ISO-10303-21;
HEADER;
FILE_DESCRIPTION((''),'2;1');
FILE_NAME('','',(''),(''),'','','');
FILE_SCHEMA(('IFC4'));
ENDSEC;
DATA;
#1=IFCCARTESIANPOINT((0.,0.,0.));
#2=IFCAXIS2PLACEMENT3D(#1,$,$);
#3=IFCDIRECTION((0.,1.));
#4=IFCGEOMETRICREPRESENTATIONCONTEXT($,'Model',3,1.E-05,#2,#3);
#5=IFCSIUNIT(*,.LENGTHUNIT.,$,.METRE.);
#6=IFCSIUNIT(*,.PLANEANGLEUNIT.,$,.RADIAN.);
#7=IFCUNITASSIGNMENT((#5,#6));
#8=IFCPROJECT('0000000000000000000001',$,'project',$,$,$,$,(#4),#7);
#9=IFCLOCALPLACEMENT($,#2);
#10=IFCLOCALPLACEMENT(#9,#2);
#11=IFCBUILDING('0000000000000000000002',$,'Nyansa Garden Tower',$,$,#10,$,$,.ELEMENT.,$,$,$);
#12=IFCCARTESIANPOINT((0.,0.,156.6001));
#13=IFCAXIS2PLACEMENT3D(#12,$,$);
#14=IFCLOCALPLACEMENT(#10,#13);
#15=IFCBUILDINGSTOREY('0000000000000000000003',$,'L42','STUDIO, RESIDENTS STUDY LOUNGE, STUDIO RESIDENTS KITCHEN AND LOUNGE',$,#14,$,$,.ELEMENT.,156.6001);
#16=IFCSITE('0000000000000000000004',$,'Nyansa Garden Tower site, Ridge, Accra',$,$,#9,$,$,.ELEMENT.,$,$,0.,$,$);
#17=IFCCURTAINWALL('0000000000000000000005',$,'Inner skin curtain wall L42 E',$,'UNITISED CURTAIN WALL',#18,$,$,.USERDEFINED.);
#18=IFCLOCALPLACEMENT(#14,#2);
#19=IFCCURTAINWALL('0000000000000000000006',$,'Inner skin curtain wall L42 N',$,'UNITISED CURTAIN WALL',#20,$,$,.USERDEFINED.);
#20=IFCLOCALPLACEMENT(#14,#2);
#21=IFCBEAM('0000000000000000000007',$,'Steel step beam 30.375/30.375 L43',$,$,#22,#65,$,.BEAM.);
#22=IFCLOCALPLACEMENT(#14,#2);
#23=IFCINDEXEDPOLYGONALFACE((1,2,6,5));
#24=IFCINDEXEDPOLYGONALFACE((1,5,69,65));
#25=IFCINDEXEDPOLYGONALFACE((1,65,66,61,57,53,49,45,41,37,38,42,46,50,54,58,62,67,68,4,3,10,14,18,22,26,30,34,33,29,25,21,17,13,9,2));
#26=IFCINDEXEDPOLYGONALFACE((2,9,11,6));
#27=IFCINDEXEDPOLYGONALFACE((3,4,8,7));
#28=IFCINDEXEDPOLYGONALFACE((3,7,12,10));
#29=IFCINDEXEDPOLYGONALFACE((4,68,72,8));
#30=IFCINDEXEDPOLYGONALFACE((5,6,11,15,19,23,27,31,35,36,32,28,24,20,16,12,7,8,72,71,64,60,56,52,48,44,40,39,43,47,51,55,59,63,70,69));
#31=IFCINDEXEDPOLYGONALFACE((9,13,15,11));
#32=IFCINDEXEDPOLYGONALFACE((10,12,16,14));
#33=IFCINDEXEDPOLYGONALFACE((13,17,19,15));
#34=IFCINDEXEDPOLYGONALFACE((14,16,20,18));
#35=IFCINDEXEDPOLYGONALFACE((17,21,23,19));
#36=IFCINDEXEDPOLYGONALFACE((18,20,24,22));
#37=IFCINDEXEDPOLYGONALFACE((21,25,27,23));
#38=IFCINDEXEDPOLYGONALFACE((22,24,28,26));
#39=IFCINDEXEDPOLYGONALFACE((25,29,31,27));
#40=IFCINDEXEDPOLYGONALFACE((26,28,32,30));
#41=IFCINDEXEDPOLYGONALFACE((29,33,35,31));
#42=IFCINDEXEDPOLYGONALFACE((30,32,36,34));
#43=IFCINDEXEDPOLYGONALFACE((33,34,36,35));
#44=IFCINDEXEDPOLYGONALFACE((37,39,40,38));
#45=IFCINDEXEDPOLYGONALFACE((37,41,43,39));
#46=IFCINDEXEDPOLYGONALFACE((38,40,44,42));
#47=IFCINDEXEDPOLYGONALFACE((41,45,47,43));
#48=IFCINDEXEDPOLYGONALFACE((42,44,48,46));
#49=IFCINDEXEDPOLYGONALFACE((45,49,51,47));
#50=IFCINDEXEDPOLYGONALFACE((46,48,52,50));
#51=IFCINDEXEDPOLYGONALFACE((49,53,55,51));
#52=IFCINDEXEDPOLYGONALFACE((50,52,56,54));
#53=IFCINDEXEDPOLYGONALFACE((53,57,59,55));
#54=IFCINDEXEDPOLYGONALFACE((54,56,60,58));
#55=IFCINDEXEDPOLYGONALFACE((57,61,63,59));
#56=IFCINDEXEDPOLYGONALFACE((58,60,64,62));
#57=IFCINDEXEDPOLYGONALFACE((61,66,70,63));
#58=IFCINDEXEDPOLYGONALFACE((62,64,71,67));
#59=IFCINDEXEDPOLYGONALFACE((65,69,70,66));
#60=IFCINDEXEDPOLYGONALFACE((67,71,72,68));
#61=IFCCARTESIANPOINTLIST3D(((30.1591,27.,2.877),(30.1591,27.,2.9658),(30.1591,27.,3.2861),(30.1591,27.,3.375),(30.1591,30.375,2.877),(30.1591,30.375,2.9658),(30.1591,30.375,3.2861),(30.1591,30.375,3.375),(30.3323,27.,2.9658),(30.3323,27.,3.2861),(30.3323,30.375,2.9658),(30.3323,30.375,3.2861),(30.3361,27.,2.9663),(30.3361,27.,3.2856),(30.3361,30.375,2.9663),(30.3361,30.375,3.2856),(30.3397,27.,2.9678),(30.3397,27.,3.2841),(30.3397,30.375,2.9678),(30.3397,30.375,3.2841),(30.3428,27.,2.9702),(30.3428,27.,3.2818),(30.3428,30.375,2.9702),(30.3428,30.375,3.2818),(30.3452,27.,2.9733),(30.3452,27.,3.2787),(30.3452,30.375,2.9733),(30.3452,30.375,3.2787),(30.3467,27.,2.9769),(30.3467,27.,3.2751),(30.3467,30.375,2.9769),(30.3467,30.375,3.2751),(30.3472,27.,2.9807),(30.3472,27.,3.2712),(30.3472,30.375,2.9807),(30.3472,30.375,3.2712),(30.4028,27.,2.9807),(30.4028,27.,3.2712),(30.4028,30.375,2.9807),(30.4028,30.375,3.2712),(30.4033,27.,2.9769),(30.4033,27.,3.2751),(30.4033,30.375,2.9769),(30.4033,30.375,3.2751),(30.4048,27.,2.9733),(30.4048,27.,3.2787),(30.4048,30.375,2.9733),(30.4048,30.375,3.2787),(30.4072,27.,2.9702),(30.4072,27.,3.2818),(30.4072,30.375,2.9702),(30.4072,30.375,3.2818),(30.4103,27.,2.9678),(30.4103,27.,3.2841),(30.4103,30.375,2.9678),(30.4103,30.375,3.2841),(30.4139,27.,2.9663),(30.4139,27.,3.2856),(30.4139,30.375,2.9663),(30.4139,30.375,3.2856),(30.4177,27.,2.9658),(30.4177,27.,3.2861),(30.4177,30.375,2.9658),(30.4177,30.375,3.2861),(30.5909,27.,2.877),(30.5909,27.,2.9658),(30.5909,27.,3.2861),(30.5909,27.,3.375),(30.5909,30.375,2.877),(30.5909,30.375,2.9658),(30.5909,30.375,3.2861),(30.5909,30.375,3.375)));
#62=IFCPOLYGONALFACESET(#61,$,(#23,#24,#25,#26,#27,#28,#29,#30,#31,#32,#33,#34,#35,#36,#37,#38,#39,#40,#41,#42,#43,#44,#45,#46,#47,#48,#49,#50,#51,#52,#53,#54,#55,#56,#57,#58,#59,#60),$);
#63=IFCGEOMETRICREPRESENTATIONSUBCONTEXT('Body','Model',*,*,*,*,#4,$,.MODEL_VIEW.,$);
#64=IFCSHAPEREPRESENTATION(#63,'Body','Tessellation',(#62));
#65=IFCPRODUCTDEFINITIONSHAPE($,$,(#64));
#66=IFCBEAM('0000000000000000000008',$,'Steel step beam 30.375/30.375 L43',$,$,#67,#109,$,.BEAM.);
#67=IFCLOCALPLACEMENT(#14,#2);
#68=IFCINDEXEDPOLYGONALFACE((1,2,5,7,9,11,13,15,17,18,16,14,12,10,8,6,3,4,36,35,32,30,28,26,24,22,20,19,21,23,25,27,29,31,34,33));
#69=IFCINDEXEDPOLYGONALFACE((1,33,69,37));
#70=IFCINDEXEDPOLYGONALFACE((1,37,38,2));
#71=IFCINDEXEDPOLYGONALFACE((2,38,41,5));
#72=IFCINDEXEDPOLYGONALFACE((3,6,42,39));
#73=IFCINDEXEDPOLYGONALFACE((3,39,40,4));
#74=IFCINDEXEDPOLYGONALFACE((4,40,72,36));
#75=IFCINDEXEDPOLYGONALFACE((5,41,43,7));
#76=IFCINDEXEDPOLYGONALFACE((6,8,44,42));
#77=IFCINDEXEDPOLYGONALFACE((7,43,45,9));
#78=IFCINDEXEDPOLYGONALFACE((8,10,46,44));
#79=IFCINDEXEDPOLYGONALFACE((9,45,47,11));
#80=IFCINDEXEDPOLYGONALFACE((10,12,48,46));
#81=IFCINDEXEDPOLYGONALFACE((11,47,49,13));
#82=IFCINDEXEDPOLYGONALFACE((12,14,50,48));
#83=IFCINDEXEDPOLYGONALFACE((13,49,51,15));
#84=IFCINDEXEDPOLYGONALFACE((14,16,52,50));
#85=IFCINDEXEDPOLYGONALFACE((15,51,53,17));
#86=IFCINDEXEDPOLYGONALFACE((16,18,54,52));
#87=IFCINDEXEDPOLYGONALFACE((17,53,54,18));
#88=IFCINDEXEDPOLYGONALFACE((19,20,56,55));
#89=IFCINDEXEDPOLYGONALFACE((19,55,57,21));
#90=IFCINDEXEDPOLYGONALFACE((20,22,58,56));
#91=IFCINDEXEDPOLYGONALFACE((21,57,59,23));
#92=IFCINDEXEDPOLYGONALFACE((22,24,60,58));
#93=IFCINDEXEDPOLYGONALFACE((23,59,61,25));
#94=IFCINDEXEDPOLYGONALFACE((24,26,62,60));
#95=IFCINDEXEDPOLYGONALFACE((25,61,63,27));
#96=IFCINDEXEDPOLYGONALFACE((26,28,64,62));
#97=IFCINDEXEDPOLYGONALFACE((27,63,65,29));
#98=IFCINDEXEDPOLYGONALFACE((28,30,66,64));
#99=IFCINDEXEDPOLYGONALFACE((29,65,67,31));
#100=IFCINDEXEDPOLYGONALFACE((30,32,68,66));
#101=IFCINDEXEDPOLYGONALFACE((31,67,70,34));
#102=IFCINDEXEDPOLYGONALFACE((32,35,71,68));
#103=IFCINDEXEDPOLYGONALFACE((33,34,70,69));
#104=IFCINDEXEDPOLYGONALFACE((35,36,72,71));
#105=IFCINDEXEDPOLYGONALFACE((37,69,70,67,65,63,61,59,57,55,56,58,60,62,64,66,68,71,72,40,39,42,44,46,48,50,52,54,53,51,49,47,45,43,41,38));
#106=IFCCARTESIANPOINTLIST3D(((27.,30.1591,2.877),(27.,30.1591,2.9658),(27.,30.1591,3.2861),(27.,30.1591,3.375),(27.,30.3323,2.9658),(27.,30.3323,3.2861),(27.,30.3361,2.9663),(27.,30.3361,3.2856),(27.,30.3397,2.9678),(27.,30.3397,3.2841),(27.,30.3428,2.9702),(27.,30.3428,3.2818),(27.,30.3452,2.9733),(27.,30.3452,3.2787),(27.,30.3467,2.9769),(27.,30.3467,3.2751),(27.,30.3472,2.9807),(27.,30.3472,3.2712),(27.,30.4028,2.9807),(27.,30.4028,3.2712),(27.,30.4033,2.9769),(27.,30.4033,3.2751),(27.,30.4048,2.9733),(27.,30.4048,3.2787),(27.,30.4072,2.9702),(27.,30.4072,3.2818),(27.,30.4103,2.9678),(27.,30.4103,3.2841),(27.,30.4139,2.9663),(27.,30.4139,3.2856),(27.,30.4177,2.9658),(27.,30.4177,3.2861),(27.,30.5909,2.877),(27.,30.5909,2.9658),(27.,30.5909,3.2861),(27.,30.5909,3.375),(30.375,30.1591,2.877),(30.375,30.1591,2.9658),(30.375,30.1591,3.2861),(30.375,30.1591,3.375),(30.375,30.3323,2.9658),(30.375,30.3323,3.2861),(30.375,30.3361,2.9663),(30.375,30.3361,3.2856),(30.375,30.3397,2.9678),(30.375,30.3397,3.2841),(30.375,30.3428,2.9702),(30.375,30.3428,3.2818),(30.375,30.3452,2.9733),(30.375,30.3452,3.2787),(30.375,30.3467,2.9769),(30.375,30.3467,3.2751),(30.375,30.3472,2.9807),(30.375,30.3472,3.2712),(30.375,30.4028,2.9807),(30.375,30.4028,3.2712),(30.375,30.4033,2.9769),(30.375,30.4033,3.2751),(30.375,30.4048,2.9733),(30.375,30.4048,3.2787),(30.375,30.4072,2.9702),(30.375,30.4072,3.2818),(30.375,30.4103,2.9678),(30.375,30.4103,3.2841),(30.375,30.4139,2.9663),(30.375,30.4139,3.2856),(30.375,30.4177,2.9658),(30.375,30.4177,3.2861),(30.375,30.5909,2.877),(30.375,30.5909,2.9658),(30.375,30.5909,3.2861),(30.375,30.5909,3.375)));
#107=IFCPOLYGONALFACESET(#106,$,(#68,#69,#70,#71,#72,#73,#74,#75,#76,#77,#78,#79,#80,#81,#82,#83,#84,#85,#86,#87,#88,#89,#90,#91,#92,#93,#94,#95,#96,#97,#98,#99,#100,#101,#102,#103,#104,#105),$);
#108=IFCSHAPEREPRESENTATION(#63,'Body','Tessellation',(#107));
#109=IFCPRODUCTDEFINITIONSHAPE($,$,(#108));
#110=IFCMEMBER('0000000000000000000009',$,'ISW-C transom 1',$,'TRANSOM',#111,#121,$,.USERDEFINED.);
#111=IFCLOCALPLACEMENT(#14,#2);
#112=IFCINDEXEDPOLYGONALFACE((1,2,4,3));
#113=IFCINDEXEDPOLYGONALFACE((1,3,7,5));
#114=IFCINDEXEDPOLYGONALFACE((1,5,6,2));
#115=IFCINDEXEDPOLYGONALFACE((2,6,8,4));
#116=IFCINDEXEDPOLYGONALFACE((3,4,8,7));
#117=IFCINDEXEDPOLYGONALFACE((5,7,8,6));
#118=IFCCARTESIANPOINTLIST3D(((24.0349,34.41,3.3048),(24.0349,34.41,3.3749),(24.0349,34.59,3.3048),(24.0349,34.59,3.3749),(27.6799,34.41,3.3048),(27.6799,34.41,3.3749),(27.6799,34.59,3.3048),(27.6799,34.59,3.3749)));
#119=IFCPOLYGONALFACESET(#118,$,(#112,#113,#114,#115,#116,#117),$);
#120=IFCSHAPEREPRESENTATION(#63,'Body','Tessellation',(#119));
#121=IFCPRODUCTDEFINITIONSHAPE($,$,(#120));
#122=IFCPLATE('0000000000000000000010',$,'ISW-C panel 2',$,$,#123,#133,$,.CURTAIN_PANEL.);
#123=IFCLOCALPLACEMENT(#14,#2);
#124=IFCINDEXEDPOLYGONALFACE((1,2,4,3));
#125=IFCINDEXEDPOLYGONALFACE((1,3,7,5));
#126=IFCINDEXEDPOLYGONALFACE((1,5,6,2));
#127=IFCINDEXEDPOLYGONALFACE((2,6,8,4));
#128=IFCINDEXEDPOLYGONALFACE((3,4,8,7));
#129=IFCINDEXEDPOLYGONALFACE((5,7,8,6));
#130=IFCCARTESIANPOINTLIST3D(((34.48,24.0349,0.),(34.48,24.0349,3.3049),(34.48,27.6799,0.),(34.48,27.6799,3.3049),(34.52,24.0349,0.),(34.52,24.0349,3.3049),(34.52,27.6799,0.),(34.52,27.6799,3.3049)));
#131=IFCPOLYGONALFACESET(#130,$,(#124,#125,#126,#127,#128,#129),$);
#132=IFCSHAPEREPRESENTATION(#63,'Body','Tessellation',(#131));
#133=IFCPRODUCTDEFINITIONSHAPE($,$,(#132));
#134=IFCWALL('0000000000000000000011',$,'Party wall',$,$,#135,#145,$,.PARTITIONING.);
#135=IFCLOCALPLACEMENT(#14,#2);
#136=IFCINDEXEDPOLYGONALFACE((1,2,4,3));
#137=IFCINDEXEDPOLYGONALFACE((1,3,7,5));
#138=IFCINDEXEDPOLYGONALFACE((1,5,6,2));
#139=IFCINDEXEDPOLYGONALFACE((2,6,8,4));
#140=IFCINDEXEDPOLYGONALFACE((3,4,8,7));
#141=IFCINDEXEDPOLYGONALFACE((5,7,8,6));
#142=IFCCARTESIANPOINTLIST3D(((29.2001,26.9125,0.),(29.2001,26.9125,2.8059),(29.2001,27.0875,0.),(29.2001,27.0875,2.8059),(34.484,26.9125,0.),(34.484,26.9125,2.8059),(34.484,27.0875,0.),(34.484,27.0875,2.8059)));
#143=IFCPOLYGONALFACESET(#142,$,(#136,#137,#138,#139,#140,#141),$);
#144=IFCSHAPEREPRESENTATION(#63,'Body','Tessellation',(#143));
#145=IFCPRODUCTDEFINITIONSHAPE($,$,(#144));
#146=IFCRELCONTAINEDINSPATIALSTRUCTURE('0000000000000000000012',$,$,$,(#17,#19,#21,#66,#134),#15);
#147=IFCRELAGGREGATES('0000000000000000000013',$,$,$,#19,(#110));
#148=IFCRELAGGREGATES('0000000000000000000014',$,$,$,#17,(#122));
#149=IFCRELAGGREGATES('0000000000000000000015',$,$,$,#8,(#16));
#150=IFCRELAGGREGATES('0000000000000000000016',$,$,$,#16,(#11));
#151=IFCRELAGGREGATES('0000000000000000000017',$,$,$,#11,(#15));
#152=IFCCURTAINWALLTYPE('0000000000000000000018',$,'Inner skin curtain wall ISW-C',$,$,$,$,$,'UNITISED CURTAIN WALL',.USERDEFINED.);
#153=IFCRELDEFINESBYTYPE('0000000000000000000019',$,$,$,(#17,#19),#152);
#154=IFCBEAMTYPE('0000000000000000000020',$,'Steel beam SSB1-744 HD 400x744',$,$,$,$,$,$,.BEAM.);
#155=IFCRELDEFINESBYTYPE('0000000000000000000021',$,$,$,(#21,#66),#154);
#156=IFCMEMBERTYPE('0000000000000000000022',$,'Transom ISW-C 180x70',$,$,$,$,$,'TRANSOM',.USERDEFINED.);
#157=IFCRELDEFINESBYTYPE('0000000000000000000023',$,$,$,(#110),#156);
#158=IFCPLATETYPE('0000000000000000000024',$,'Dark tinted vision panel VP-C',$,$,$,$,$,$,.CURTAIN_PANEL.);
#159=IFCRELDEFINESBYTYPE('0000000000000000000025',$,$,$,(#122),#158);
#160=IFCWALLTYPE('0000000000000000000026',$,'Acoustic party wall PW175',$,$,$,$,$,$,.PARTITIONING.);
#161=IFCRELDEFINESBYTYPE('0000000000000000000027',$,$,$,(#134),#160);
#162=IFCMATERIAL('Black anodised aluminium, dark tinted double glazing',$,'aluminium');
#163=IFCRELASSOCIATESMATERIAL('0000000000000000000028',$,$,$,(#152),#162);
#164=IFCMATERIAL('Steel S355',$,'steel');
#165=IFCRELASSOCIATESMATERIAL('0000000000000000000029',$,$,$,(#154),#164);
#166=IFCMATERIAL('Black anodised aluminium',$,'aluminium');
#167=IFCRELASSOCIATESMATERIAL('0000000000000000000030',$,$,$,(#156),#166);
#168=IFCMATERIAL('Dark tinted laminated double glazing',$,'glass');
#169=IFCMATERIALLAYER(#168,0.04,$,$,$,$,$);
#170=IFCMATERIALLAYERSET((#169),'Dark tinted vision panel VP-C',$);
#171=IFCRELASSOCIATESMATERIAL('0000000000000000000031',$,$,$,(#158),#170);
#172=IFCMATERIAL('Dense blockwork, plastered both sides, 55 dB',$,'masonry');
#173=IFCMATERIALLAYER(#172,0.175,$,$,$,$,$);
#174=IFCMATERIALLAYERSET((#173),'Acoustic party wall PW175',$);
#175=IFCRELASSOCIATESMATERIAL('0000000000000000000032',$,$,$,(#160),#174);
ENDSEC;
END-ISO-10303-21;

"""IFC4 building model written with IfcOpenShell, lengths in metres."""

from ifc_helpers import new_model, si_unit, direction, frame, frame_2d, origin, origin_2d, place, context, subcontext, project, spatial, rectangle, i_section, extrude, material, layer, layer_set, material_profile, profile_set, type_object, element, aggregate, save


model = new_model("IFC4")

# Units and contexts
model_context = context("Model", 3, precision=1e-05, world=origin(), true_north=direction((0.0, 1.0)))
body_context = subcontext(model_context, "Body", "Model", "MODEL_VIEW")
ifc_project = project(units=[si_unit("LENGTHUNIT", "METRE"), si_unit("PLANEANGLEUNIT", "RADIAN")], contexts=[model_context])

# Site, building, storey
site_placement = place(None, origin())
site = spatial("IfcSite", under=ifc_project, at=site_placement, Name="Nyansa Garden Tower site, Ridge, Accra", CompositionType="ELEMENT", RefElevation=0.0)
building_placement = place(site_placement, origin())
building = spatial("IfcBuilding", under=site, at=building_placement, Name="Nyansa Garden Tower", CompositionType="ELEMENT")
storey_placement = place(building_placement, frame((0.0, 0.0, 156.6001)))
storey = spatial("IfcBuildingStorey", under=building, at=storey_placement, Name="L42", Description="STUDIO, RESIDENTS STUDY LOUNGE, STUDIO RESIDENTS KITCHEN AND LOUNGE", CompositionType="ELEMENT", Elevation=156.6001)

# Curtain walls
ifc_material_1 = material(Name="Black anodised aluminium, dark tinted double glazing", Category="aluminium")
curtain_wall_type = type_object("IfcCurtainWallType", Name="Inner skin curtain wall ISW-C", ElementType="UNITISED CURTAIN WALL", PredefinedType="USERDEFINED", material=ifc_material_1)
curtain_wall_1_placement = place(storey_placement, origin())
curtain_wall_1 = element("IfcCurtainWall", 1, at=curtain_wall_1_placement, inside=storey, type_object=curtain_wall_type, Name="Inner skin curtain wall L42 E", ObjectType="UNITISED CURTAIN WALL", PredefinedType="USERDEFINED")
curtain_wall_2_placement = place(storey_placement, origin())
curtain_wall_2 = element("IfcCurtainWall", 2, at=curtain_wall_2_placement, inside=storey, type_object=curtain_wall_type, Name="Inner skin curtain wall L42 N", ObjectType="UNITISED CURTAIN WALL", PredefinedType="USERDEFINED")

# Beams
ifc_material_2 = material(Name="Steel S355", Category="steel")
ifc_material_profile_1 = material_profile(ifc_material_2, i_section(OverallWidth=0.4319, OverallDepth=0.498, WebThickness=0.0557, FlangeThickness=0.0889, FilletRadius=0.0149, at=origin_2d()), Name="HD 400x744")
ifc_profile_set_1 = profile_set([ifc_material_profile_1], Name="Steel S355")
beam_type_1 = type_object("IfcBeamType", Name="Steel beam SSB1-744 HD 400x744", PredefinedType="BEAM", material=ifc_profile_set_1)
for number, where, z_axis, x_axis, name in (
    (3, (30.375, 30.375, 3.126), (0.0, -1.0, 0.0), (1.0, 0.0, 0.0), "Steel step beam 30.375/30.375 L43"),
    (4, (30.375, 30.375, 3.126), (-1.0, 0.0, 0.0), (0.0, -1.0, 0.0), "Steel step beam 30.375/30.375 L43"),
):
    element("IfcBeam", number, at=place(storey_placement, frame(where, z_axis=z_axis, x_axis=x_axis)), inside=storey, type_object=beam_type_1, Name=name, PredefinedType="BEAM", context=body_context, shape_type="SweptSolid", body=[
        extrude(i_section(OverallWidth=0.4319, OverallDepth=0.498, WebThickness=0.0557, FlangeThickness=0.0889, FilletRadius=0.0149, at=origin_2d()), origin(), (0.0, 0.0, 1.0), 3.375),
    ])

# Member
ifc_material_3 = material(Name="Black anodised aluminium", Category="aluminium")
ifc_material_profile_2 = material_profile(ifc_material_3, rectangle(XDim=0.1799, YDim=0.0701, at=origin_2d()), Name="Transom 180x70")
ifc_profile_set_2 = profile_set([ifc_material_profile_2], Name="Black anodised aluminium")
member_type_1 = type_object("IfcMemberType", Name="Transom ISW-C 180x70", ElementType="TRANSOM", PredefinedType="USERDEFINED", material=ifc_profile_set_2)
member_1_placement = place(storey_placement, frame((27.6799, 34.5, 3.3398), z_axis=(-1.0, 0.0, 0.0), x_axis=(0.0, -1.0, 0.0)))
member_1 = element("IfcMember", 5, at=member_1_placement, type_object=member_type_1, Name="ISW-C transom 1", ObjectType="TRANSOM", PredefinedType="USERDEFINED", context=body_context, shape_type="SweptSolid", body=[
    extrude(rectangle(XDim=0.1799, YDim=0.0701, at=origin_2d()), origin(), (0.0, 0.0, 1.0), 3.645),
])
aggregate(curtain_wall_2, [member_1])

# Plate
ifc_material_4 = material(Name="Dark tinted laminated double glazing", Category="glass")
ifc_layer_1 = layer(ifc_material_4, 0.04)
ifc_layer_set_1 = layer_set([ifc_layer_1], Name="Dark tinted vision panel VP-C")
plate_type = type_object("IfcPlateType", Name="Dark tinted vision panel VP-C", PredefinedType="CURTAIN_PANEL", material=ifc_layer_set_1)
plate_placement = place(storey_placement, frame((34.5, 25.8574, 0.0), z_axis=(0.0, 0.0, 1.0), x_axis=(0.0, 1.0, 0.0)))
plate = element("IfcPlate", 6, at=plate_placement, type_object=plate_type, Name="ISW-C panel 2", PredefinedType="CURTAIN_PANEL", context=body_context, shape_type="SweptSolid", body=[
    extrude(rectangle(XDim=3.645, YDim=0.04, at=origin_2d()), origin(), (0.0, 0.0, 1.0), 3.3049),
])
aggregate(curtain_wall_1, [plate])

# Wall
ifc_material_5 = material(Name="Dense blockwork, plastered both sides, 55 dB", Category="masonry")
ifc_layer_2 = layer(ifc_material_5, 0.175)
ifc_layer_set_2 = layer_set([ifc_layer_2], Name="Acoustic party wall PW175")
wall_type_1 = type_object("IfcWallType", Name="Acoustic party wall PW175", PredefinedType="PARTITIONING", material=ifc_layer_set_2)
wall_1_placement = place(storey_placement, frame((29.2, 27.0, 0.0), z_axis=(0.0, 0.0, 1.0), x_axis=(1.0, 0.0, 0.0)))
element("IfcWall", 7, at=wall_1_placement, inside=storey, type_object=wall_type_1, Name="Party wall", PredefinedType="PARTITIONING", context=body_context, shape_type="SweptSolid", body=[
    extrude(rectangle(XDim=5.2839, YDim=0.175, at=frame_2d((2.6421, 0.0))), origin(), (0.0, 0.0, 1.0), 2.8059),
])

save(model, "model.ifc")
